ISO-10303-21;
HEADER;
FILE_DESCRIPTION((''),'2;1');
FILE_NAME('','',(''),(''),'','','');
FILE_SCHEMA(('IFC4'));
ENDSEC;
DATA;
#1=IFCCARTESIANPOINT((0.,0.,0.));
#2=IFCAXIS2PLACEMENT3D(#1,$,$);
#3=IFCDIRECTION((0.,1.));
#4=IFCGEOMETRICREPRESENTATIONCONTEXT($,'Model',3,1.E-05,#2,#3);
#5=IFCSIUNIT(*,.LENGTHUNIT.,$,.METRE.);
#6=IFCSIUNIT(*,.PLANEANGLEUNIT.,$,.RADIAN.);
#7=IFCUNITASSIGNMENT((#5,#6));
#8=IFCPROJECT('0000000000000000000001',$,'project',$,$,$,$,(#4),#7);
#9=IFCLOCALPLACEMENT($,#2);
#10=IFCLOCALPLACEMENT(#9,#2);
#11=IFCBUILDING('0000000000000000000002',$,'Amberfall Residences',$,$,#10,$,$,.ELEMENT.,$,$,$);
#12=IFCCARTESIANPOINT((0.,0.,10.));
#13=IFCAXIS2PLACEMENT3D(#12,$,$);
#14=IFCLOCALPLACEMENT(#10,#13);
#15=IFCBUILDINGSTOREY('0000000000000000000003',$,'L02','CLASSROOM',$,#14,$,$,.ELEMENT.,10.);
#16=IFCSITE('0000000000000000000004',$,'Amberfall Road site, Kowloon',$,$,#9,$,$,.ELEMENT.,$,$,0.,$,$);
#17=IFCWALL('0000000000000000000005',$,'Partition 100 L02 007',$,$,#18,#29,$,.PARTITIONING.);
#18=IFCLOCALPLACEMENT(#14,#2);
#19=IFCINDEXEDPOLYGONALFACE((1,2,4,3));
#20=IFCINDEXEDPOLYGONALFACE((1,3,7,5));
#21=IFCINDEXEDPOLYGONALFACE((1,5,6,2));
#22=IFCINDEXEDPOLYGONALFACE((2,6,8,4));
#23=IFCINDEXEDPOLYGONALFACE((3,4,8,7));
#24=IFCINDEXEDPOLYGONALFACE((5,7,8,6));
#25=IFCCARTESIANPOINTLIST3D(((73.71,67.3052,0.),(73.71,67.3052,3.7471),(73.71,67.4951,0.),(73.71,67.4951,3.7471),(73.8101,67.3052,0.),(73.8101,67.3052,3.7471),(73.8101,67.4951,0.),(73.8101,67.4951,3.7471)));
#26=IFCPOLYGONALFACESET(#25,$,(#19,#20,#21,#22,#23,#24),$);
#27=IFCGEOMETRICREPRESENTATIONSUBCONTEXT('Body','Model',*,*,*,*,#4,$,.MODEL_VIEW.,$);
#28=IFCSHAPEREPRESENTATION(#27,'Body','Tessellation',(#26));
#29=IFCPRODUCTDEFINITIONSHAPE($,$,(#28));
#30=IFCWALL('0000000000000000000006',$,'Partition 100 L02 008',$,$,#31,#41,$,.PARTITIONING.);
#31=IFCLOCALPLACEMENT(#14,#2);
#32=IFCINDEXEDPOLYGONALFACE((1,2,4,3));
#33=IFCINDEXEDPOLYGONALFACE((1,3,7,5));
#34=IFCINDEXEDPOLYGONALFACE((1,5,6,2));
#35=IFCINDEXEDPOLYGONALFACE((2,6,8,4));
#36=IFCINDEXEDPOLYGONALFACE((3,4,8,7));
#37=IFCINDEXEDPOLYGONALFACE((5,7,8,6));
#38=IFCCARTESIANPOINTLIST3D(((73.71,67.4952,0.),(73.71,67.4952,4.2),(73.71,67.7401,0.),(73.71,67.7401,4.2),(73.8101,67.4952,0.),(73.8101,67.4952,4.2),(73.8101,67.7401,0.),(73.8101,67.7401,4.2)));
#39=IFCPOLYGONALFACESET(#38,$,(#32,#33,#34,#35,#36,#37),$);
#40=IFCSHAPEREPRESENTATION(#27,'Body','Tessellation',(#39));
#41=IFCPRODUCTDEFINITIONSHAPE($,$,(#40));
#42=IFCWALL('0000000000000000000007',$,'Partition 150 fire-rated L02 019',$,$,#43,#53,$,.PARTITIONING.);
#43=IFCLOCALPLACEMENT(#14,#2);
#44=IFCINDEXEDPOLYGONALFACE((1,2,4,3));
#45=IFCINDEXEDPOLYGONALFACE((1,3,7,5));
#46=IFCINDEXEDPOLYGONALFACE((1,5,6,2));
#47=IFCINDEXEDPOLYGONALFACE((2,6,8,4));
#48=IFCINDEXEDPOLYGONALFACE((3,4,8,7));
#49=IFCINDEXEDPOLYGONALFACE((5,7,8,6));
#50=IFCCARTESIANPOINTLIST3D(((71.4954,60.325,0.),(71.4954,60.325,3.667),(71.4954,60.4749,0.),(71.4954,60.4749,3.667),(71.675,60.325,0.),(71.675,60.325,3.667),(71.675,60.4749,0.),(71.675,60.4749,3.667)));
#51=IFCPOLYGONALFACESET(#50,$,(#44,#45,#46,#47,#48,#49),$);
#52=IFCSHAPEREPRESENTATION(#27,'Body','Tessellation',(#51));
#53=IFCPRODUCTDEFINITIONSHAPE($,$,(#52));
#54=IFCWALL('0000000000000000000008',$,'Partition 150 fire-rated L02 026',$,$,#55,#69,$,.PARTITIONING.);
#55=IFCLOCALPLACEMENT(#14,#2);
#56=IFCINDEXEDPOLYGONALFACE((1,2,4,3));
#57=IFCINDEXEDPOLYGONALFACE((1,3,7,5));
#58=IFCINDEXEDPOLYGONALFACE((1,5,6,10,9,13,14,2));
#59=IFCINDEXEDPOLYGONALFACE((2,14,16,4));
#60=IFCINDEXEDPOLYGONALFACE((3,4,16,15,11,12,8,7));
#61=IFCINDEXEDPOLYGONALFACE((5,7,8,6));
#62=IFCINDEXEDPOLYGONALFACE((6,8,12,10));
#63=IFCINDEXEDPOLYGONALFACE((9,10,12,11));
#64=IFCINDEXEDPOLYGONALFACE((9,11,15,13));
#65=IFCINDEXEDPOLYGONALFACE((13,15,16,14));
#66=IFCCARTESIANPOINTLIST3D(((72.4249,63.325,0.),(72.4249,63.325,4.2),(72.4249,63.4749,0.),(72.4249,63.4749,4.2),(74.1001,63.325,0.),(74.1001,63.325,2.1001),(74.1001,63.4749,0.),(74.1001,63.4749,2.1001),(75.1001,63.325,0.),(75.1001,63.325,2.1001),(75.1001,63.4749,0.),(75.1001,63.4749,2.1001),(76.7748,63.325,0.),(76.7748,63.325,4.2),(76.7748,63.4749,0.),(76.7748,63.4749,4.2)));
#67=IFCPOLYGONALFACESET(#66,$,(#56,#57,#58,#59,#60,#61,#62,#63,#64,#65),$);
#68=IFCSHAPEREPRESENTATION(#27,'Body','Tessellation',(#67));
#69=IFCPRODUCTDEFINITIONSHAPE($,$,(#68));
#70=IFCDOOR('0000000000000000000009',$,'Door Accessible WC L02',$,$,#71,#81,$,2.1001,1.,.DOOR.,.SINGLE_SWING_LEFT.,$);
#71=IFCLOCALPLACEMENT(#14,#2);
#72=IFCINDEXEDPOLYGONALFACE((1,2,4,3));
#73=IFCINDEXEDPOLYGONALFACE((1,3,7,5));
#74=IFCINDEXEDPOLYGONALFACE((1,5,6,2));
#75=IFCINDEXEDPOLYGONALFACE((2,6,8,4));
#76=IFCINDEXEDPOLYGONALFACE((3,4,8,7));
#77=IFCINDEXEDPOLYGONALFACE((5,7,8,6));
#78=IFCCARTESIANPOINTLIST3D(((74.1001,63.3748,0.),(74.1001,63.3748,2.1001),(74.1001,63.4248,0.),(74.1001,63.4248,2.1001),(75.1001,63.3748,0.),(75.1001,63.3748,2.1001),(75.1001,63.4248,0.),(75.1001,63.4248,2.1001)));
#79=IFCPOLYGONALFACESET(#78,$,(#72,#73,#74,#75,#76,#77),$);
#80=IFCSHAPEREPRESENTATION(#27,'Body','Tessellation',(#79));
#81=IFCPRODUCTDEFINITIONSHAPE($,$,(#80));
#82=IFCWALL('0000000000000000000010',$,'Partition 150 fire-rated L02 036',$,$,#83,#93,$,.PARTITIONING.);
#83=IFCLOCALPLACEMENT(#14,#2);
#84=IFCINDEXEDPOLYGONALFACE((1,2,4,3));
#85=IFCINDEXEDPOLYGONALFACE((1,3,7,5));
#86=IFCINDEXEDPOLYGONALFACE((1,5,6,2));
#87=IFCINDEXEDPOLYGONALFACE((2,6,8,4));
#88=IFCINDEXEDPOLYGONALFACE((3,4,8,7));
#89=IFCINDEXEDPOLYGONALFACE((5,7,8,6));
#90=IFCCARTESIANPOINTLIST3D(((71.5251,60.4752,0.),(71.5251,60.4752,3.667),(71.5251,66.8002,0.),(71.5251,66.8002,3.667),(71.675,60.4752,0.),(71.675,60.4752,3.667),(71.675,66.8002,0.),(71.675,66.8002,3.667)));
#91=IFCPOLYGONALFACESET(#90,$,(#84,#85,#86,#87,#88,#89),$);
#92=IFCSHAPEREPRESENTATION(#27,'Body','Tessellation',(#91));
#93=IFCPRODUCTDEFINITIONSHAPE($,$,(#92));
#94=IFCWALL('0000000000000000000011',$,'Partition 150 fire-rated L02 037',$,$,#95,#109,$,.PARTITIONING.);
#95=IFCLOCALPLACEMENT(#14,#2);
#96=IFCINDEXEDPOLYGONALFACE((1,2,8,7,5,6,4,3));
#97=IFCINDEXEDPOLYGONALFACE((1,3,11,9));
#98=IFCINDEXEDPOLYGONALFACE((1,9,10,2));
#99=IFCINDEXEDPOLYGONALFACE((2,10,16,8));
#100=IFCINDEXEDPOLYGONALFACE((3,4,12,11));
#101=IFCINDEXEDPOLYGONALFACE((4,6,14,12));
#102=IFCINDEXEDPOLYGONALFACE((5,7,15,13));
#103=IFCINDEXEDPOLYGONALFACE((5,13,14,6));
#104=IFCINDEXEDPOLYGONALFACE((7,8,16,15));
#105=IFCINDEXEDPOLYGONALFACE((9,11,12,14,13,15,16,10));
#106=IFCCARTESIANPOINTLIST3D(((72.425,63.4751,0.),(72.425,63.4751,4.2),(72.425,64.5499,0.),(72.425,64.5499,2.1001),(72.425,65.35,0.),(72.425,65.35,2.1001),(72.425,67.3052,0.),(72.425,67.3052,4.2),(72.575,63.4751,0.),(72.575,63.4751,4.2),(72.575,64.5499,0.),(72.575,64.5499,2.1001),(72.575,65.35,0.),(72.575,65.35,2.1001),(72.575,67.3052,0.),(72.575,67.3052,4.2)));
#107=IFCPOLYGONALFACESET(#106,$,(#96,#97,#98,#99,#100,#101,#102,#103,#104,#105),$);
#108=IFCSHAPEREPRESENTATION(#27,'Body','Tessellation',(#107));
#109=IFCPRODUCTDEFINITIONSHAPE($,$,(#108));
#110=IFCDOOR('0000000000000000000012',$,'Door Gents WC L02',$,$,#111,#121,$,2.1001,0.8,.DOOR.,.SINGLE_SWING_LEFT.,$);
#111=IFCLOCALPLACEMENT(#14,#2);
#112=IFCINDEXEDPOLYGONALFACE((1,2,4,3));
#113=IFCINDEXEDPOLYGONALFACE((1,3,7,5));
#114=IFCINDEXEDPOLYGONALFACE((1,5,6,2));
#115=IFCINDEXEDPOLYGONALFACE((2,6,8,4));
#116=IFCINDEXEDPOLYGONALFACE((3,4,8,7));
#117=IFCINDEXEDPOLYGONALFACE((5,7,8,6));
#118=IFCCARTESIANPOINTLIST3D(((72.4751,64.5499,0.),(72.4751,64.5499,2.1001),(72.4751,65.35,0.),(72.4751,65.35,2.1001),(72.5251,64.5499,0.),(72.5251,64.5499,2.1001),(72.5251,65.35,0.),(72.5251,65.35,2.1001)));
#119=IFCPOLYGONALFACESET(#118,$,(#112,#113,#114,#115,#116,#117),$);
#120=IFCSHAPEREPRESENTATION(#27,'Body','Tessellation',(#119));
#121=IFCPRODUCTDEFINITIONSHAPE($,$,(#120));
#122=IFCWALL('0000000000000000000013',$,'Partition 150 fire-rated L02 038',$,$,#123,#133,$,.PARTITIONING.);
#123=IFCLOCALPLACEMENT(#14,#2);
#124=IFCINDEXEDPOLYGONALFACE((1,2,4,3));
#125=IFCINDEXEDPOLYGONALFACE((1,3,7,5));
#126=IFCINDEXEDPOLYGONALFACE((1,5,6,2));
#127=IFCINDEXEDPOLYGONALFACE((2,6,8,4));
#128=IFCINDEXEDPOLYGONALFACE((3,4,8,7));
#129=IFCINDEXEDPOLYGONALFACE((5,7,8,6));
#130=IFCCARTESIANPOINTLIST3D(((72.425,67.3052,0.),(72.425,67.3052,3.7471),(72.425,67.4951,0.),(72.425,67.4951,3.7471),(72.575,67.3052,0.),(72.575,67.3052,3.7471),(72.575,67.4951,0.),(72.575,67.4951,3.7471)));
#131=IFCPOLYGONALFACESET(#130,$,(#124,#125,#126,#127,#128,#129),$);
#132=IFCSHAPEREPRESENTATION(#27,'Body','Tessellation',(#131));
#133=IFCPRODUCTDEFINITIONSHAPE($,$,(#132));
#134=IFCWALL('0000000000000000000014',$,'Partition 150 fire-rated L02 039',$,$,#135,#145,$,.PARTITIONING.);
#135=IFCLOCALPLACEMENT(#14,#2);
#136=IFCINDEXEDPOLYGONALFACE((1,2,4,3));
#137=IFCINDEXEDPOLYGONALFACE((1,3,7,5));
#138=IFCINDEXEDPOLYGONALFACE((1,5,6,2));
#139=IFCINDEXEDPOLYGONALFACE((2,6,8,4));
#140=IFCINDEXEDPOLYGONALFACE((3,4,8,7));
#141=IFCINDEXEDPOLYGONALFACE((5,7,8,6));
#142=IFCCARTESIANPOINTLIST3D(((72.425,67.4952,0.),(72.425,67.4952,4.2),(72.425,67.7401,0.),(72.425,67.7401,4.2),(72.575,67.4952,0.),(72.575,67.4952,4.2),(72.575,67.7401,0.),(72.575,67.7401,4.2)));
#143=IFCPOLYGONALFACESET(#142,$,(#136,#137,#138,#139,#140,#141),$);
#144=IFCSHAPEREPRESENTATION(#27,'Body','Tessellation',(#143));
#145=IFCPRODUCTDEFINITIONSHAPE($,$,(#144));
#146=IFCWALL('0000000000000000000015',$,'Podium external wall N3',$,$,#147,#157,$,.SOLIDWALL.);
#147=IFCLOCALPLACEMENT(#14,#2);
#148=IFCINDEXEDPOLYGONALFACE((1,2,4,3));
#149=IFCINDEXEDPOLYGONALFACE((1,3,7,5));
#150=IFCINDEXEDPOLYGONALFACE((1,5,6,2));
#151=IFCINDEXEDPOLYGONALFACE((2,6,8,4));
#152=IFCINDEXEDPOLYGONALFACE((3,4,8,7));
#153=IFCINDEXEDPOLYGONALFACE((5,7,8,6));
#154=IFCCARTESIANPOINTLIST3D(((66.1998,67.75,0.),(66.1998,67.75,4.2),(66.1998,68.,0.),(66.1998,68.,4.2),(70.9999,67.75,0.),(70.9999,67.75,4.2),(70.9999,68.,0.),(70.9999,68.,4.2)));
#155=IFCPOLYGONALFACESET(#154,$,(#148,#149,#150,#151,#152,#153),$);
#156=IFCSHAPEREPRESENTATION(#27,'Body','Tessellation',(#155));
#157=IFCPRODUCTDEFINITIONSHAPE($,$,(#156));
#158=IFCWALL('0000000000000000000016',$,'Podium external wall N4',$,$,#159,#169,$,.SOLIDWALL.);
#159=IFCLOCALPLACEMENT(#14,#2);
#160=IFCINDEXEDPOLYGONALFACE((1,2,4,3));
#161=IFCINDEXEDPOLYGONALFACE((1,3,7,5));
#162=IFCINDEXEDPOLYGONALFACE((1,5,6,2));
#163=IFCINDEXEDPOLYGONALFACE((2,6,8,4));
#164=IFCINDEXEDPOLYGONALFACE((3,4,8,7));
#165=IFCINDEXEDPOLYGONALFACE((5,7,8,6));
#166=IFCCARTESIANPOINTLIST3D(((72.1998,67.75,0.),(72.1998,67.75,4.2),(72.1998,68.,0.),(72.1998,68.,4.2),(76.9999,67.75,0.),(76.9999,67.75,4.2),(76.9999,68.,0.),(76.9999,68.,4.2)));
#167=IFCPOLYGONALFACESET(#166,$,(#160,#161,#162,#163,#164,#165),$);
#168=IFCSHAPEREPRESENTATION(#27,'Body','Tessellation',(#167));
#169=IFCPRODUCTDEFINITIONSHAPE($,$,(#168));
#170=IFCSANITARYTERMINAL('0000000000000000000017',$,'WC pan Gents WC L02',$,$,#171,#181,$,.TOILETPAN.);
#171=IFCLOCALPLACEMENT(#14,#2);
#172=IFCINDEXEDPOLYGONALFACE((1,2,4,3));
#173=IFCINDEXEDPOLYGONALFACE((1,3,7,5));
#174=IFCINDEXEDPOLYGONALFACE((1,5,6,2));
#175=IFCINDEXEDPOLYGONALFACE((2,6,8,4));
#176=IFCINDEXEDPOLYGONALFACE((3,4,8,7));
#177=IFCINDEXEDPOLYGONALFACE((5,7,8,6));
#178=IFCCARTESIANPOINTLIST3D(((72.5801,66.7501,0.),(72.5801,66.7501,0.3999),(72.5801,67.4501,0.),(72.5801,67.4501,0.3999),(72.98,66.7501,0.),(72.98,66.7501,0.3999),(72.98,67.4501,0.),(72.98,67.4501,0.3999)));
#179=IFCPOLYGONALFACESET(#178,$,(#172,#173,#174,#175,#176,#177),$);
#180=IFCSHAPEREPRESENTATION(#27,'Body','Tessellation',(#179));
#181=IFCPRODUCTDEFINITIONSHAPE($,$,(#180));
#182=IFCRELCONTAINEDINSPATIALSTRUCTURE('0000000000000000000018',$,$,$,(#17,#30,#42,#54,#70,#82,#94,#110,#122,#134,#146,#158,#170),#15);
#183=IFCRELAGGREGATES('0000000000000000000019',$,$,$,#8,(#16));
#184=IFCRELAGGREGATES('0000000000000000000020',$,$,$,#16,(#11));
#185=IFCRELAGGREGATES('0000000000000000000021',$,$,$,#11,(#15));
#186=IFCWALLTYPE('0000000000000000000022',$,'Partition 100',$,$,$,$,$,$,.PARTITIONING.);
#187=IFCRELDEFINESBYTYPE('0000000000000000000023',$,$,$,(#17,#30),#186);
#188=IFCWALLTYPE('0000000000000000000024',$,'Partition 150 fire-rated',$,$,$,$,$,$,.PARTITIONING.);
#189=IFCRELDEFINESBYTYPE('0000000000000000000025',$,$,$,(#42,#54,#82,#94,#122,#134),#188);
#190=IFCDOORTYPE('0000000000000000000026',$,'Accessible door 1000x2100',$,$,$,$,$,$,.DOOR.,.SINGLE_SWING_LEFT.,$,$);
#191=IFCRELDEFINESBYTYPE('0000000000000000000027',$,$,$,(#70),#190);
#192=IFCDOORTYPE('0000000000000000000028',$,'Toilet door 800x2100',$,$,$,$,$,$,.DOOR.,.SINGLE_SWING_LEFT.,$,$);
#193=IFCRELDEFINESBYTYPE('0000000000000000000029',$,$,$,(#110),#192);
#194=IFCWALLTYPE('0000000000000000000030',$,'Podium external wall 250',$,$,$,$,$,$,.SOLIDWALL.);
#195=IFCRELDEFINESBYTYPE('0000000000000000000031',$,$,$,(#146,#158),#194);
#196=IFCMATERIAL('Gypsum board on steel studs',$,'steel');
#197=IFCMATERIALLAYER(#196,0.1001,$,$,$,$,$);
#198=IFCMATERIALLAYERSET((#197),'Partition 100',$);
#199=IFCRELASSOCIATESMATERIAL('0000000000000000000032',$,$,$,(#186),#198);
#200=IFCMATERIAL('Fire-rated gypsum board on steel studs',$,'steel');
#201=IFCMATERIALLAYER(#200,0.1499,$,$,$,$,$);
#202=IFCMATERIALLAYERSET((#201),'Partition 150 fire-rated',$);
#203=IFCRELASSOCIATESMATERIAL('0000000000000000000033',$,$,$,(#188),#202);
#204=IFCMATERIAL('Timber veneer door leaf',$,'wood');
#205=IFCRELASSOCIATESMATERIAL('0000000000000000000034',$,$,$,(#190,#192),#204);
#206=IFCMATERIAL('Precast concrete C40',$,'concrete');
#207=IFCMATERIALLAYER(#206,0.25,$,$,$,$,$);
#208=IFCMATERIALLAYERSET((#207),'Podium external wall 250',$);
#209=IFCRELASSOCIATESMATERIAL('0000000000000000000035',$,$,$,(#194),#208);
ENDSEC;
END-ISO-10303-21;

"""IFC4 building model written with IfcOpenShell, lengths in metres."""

from ifc_helpers import new_model, si_unit, direction, frame, frame_2d, origin, origin_2d, place, context, subcontext, project, spatial, rectangle, extrude, material, layer, layer_set, type_object, element, fill, save


model = new_model("IFC4")

# Units and contexts
model_context = context("Model", 3, precision=1e-05, world=origin(), true_north=direction((0.0, 1.0)))
body_context = subcontext(model_context, "Body", "Model", "MODEL_VIEW")
ifc_project = project(units=[si_unit("LENGTHUNIT", "METRE"), si_unit("PLANEANGLEUNIT", "RADIAN")], contexts=[model_context])

# Site, building, storey
site_placement = place(None, origin())
site = spatial("IfcSite", under=ifc_project, at=site_placement, Name="Amberfall Road site, Kowloon", CompositionType="ELEMENT", RefElevation=0.0)
building_placement = place(site_placement, origin())
building = spatial("IfcBuilding", under=site, at=building_placement, Name="Amberfall Residences", CompositionType="ELEMENT")
storey_placement = place(building_placement, frame((0.0, 0.0, 10.0)))
storey = spatial("IfcBuildingStorey", under=building, at=storey_placement, Name="L02", Description="CLASSROOM", CompositionType="ELEMENT", Elevation=10.0)

# Walls
ifc_material_1 = material(Name="Gypsum board on steel studs", Category="steel")
ifc_layer_1 = layer(ifc_material_1, 0.1001)
ifc_layer_set_1 = layer_set([ifc_layer_1], Name="Partition 100")
wall_type_1 = type_object("IfcWallType", Name="Partition 100", PredefinedType="PARTITIONING", material=ifc_layer_set_1)
wall_1_placement = place(storey_placement, frame((73.76, 67.3052, 0.0), z_axis=(0.0, 0.0, 1.0), x_axis=(0.0, 1.0, 0.0)))
element("IfcWall", 1, at=wall_1_placement, inside=storey, type_object=wall_type_1, Name="Partition 100 L02 007", PredefinedType="PARTITIONING", context=body_context, shape_type="SweptSolid", body=[
    extrude(rectangle(XDim=0.1899, YDim=0.1001, at=frame_2d((0.095, 0.0))), origin(), (0.0, 0.0, 1.0), 3.7471),
])
wall_2_placement = place(storey_placement, frame((73.76, 67.4951, 0.0), z_axis=(0.0, 0.0, 1.0), x_axis=(0.0, 1.0, 0.0)))
element("IfcWall", 2, at=wall_2_placement, inside=storey, type_object=wall_type_1, Name="Partition 100 L02 008", PredefinedType="PARTITIONING", context=body_context, shape_type="SweptSolid", body=[
    extrude(rectangle(XDim=0.2449, YDim=0.1001, at=frame_2d((0.1226, 0.0))), origin(), (0.0, 0.0, 1.0), 4.2),
])
ifc_material_2 = material(Name="Fire-rated gypsum board on steel studs", Category="steel")
ifc_layer_2 = layer(ifc_material_2, 0.1499)
ifc_layer_set_2 = layer_set([ifc_layer_2], Name="Partition 150 fire-rated")
wall_type_2 = type_object("IfcWallType", Name="Partition 150 fire-rated", PredefinedType="PARTITIONING", material=ifc_layer_set_2)
wall_3_placement = place(storey_placement, frame((71.4954, 60.3999, 0.0), z_axis=(0.0, 0.0, 1.0), x_axis=(1.0, 0.0, 0.0)))
element("IfcWall", 3, at=wall_3_placement, inside=storey, type_object=wall_type_2, Name="Partition 150 fire-rated L02 019", PredefinedType="PARTITIONING", context=body_context, shape_type="SweptSolid", body=[
    extrude(rectangle(XDim=0.1797, YDim=0.1499, at=frame_2d((0.0898, 0.0))), origin(), (0.0, 0.0, 1.0), 3.667),
])

# Wall, opening, door
wall_4_placement = place(storey_placement, frame((72.425, 63.3999, 0.0), z_axis=(0.0, 0.0, 1.0), x_axis=(1.0, 0.0, 0.0)))
wall_4 = element("IfcWall", 4, at=wall_4_placement, inside=storey, type_object=wall_type_2, Name="Partition 150 fire-rated L02 026", PredefinedType="PARTITIONING", context=body_context, shape_type="SweptSolid", body=[
    extrude(rectangle(XDim=4.3499, YDim=0.1499, at=frame_2d((2.1748, 0.0))), origin(), (0.0, 0.0, 1.0), 4.2),
])
opening_1_placement = place(wall_4_placement, frame((1.675, 0.0, 0.0)))
opening_1 = element("IfcOpeningElement", 5, at=opening_1_placement, cuts=wall_4, PredefinedType="OPENING", context=body_context, shape_type="SweptSolid", body=[
    extrude(rectangle(XDim=1.0, YDim=2.1001, at=frame_2d((0.5, 1.05))), frame((0.0, 0.085, 0.0), z_axis=(0.0, -1.0, 0.0), x_axis=(1.0, 0.0, 0.0)), (0.0, 0.0, 1.0), 0.1699),
])
ifc_material_3 = material(Name="Timber veneer door leaf", Category="wood")
door_type_1 = type_object("IfcDoorType", Name="Accessible door 1000x2100", OperationType="SINGLE_SWING_LEFT", PredefinedType="DOOR", material=ifc_material_3)
door_1_placement = place(opening_1_placement, origin())
door_1 = element("IfcDoor", 6, at=door_1_placement, inside=storey, type_object=door_type_1, Name="Door Accessible WC L02", OperationType="SINGLE_SWING_LEFT", OverallHeight=2.1001, OverallWidth=1.0, PredefinedType="DOOR", context=body_context, shape_type="SweptSolid", body=[
    extrude(rectangle(XDim=1.0, YDim=2.1001, at=frame_2d((0.5, 1.05))), frame((0.0, 0.0249, 0.0), z_axis=(0.0, -1.0, 0.0), x_axis=(1.0, 0.0, 0.0)), (0.0, 0.0, 1.0), 0.05),
])
fill(opening_1, door_1)

# Wall
wall_5_placement = place(storey_placement, frame((71.6001, 60.4751, 0.0), z_axis=(0.0, 0.0, 1.0), x_axis=(0.0, 1.0, 0.0)))
element("IfcWall", 7, at=wall_5_placement, inside=storey, type_object=wall_type_2, Name="Partition 150 fire-rated L02 036", PredefinedType="PARTITIONING", context=body_context, shape_type="SweptSolid", body=[
    extrude(rectangle(XDim=6.325, YDim=0.1499, at=frame_2d((3.1626, 0.0))), origin(), (0.0, 0.0, 1.0), 3.667),
])

# Wall, opening, door
wall_6_placement = place(storey_placement, frame((72.5, 63.4751, 0.0), z_axis=(0.0, 0.0, 1.0), x_axis=(0.0, 1.0, 0.0)))
wall_6 = element("IfcWall", 8, at=wall_6_placement, inside=storey, type_object=wall_type_2, Name="Partition 150 fire-rated L02 037", PredefinedType="PARTITIONING", context=body_context, shape_type="SweptSolid", body=[
    extrude(rectangle(XDim=3.8301, YDim=0.1499, at=frame_2d((1.915, 0.0))), origin(), (0.0, 0.0, 1.0), 4.2),
])
opening_2_placement = place(wall_6_placement, frame((1.075, 0.0, 0.0)))
opening_2 = element("IfcOpeningElement", 9, at=opening_2_placement, cuts=wall_6, PredefinedType="OPENING", context=body_context, shape_type="SweptSolid", body=[
    extrude(rectangle(XDim=0.8, YDim=2.1001, at=frame_2d((0.3999, 1.05))), frame((0.0, 0.085, 0.0), z_axis=(0.0, -1.0, 0.0), x_axis=(1.0, 0.0, 0.0)), (0.0, 0.0, 1.0), 0.1699),
])
door_type_2 = type_object("IfcDoorType", Name="Toilet door 800x2100", OperationType="SINGLE_SWING_LEFT", PredefinedType="DOOR", material=ifc_material_3)
door_2_placement = place(opening_2_placement, origin())
door_2 = element("IfcDoor", 10, at=door_2_placement, inside=storey, type_object=door_type_2, Name="Door Gents WC L02", OperationType="SINGLE_SWING_LEFT", OverallHeight=2.1001, OverallWidth=0.8, PredefinedType="DOOR", context=body_context, shape_type="SweptSolid", body=[
    extrude(rectangle(XDim=0.8, YDim=2.1001, at=frame_2d((0.3999, 1.05))), frame((0.0, 0.0249, 0.0), z_axis=(0.0, -1.0, 0.0), x_axis=(1.0, 0.0, 0.0)), (0.0, 0.0, 1.0), 0.05),
])
fill(opening_2, door_2)

# Walls
wall_7_placement = place(storey_placement, frame((72.5, 67.3052, 0.0), z_axis=(0.0, 0.0, 1.0), x_axis=(0.0, 1.0, 0.0)))
element("IfcWall", 11, at=wall_7_placement, inside=storey, type_object=wall_type_2, Name="Partition 150 fire-rated L02 038", PredefinedType="PARTITIONING", context=body_context, shape_type="SweptSolid", body=[
    extrude(rectangle(XDim=0.1899, YDim=0.1499, at=frame_2d((0.095, 0.0))), origin(), (0.0, 0.0, 1.0), 3.7471),
])
wall_8_placement = place(storey_placement, frame((72.5, 67.4951, 0.0), z_axis=(0.0, 0.0, 1.0), x_axis=(0.0, 1.0, 0.0)))
element("IfcWall", 12, at=wall_8_placement, inside=storey, type_object=wall_type_2, Name="Partition 150 fire-rated L02 039", PredefinedType="PARTITIONING", context=body_context, shape_type="SweptSolid", body=[
    extrude(rectangle(XDim=0.2449, YDim=0.1499, at=frame_2d((0.1226, 0.0))), origin(), (0.0, 0.0, 1.0), 4.2),
])
ifc_material_4 = material(Name="Precast concrete C40", Category="concrete")
ifc_layer_3 = layer(ifc_material_4, 0.25)
ifc_layer_set_3 = layer_set([ifc_layer_3], Name="Podium external wall 250")
wall_type_3 = type_object("IfcWallType", Name="Podium external wall 250", PredefinedType="SOLIDWALL", material=ifc_layer_set_3)
for number, where, z_axis, x_axis, name in (
    (13, (66.2, 67.875, 0.0), (0.0, 0.0, 1.0), (1.0, 0.0, 0.0), "Podium external wall N3"),
    (14, (72.2, 67.875, 0.0), (0.0, 0.0, 1.0), (1.0, 0.0, 0.0), "Podium external wall N4"),
):
    element("IfcWall", number, at=place(storey_placement, frame(where, z_axis=z_axis, x_axis=x_axis)), inside=storey, type_object=wall_type_3, Name=name, PredefinedType="SOLIDWALL", context=body_context, shape_type="SweptSolid", body=[
        extrude(rectangle(XDim=4.8, YDim=0.25, at=frame_2d((2.3999, 0.0))), origin(), (0.0, 0.0, 1.0), 4.2),
    ])

# Sanitary terminal
sanitary_terminal_1_placement = place(storey_placement, frame((72.78, 67.1001, 0.0), z_axis=(0.0, 0.0, 1.0), x_axis=(1.0, 0.0, 0.0)))
element("IfcSanitaryTerminal", 15, at=sanitary_terminal_1_placement, inside=storey, Name="WC pan Gents WC L02", PredefinedType="TOILETPAN", context=body_context, shape_type="SweptSolid", body=[
    extrude(rectangle(XDim=0.3999, YDim=0.7, at=origin_2d()), origin(), (0.0, 0.0, 1.0), 0.3999),
])

save(model, "model.ifc")
